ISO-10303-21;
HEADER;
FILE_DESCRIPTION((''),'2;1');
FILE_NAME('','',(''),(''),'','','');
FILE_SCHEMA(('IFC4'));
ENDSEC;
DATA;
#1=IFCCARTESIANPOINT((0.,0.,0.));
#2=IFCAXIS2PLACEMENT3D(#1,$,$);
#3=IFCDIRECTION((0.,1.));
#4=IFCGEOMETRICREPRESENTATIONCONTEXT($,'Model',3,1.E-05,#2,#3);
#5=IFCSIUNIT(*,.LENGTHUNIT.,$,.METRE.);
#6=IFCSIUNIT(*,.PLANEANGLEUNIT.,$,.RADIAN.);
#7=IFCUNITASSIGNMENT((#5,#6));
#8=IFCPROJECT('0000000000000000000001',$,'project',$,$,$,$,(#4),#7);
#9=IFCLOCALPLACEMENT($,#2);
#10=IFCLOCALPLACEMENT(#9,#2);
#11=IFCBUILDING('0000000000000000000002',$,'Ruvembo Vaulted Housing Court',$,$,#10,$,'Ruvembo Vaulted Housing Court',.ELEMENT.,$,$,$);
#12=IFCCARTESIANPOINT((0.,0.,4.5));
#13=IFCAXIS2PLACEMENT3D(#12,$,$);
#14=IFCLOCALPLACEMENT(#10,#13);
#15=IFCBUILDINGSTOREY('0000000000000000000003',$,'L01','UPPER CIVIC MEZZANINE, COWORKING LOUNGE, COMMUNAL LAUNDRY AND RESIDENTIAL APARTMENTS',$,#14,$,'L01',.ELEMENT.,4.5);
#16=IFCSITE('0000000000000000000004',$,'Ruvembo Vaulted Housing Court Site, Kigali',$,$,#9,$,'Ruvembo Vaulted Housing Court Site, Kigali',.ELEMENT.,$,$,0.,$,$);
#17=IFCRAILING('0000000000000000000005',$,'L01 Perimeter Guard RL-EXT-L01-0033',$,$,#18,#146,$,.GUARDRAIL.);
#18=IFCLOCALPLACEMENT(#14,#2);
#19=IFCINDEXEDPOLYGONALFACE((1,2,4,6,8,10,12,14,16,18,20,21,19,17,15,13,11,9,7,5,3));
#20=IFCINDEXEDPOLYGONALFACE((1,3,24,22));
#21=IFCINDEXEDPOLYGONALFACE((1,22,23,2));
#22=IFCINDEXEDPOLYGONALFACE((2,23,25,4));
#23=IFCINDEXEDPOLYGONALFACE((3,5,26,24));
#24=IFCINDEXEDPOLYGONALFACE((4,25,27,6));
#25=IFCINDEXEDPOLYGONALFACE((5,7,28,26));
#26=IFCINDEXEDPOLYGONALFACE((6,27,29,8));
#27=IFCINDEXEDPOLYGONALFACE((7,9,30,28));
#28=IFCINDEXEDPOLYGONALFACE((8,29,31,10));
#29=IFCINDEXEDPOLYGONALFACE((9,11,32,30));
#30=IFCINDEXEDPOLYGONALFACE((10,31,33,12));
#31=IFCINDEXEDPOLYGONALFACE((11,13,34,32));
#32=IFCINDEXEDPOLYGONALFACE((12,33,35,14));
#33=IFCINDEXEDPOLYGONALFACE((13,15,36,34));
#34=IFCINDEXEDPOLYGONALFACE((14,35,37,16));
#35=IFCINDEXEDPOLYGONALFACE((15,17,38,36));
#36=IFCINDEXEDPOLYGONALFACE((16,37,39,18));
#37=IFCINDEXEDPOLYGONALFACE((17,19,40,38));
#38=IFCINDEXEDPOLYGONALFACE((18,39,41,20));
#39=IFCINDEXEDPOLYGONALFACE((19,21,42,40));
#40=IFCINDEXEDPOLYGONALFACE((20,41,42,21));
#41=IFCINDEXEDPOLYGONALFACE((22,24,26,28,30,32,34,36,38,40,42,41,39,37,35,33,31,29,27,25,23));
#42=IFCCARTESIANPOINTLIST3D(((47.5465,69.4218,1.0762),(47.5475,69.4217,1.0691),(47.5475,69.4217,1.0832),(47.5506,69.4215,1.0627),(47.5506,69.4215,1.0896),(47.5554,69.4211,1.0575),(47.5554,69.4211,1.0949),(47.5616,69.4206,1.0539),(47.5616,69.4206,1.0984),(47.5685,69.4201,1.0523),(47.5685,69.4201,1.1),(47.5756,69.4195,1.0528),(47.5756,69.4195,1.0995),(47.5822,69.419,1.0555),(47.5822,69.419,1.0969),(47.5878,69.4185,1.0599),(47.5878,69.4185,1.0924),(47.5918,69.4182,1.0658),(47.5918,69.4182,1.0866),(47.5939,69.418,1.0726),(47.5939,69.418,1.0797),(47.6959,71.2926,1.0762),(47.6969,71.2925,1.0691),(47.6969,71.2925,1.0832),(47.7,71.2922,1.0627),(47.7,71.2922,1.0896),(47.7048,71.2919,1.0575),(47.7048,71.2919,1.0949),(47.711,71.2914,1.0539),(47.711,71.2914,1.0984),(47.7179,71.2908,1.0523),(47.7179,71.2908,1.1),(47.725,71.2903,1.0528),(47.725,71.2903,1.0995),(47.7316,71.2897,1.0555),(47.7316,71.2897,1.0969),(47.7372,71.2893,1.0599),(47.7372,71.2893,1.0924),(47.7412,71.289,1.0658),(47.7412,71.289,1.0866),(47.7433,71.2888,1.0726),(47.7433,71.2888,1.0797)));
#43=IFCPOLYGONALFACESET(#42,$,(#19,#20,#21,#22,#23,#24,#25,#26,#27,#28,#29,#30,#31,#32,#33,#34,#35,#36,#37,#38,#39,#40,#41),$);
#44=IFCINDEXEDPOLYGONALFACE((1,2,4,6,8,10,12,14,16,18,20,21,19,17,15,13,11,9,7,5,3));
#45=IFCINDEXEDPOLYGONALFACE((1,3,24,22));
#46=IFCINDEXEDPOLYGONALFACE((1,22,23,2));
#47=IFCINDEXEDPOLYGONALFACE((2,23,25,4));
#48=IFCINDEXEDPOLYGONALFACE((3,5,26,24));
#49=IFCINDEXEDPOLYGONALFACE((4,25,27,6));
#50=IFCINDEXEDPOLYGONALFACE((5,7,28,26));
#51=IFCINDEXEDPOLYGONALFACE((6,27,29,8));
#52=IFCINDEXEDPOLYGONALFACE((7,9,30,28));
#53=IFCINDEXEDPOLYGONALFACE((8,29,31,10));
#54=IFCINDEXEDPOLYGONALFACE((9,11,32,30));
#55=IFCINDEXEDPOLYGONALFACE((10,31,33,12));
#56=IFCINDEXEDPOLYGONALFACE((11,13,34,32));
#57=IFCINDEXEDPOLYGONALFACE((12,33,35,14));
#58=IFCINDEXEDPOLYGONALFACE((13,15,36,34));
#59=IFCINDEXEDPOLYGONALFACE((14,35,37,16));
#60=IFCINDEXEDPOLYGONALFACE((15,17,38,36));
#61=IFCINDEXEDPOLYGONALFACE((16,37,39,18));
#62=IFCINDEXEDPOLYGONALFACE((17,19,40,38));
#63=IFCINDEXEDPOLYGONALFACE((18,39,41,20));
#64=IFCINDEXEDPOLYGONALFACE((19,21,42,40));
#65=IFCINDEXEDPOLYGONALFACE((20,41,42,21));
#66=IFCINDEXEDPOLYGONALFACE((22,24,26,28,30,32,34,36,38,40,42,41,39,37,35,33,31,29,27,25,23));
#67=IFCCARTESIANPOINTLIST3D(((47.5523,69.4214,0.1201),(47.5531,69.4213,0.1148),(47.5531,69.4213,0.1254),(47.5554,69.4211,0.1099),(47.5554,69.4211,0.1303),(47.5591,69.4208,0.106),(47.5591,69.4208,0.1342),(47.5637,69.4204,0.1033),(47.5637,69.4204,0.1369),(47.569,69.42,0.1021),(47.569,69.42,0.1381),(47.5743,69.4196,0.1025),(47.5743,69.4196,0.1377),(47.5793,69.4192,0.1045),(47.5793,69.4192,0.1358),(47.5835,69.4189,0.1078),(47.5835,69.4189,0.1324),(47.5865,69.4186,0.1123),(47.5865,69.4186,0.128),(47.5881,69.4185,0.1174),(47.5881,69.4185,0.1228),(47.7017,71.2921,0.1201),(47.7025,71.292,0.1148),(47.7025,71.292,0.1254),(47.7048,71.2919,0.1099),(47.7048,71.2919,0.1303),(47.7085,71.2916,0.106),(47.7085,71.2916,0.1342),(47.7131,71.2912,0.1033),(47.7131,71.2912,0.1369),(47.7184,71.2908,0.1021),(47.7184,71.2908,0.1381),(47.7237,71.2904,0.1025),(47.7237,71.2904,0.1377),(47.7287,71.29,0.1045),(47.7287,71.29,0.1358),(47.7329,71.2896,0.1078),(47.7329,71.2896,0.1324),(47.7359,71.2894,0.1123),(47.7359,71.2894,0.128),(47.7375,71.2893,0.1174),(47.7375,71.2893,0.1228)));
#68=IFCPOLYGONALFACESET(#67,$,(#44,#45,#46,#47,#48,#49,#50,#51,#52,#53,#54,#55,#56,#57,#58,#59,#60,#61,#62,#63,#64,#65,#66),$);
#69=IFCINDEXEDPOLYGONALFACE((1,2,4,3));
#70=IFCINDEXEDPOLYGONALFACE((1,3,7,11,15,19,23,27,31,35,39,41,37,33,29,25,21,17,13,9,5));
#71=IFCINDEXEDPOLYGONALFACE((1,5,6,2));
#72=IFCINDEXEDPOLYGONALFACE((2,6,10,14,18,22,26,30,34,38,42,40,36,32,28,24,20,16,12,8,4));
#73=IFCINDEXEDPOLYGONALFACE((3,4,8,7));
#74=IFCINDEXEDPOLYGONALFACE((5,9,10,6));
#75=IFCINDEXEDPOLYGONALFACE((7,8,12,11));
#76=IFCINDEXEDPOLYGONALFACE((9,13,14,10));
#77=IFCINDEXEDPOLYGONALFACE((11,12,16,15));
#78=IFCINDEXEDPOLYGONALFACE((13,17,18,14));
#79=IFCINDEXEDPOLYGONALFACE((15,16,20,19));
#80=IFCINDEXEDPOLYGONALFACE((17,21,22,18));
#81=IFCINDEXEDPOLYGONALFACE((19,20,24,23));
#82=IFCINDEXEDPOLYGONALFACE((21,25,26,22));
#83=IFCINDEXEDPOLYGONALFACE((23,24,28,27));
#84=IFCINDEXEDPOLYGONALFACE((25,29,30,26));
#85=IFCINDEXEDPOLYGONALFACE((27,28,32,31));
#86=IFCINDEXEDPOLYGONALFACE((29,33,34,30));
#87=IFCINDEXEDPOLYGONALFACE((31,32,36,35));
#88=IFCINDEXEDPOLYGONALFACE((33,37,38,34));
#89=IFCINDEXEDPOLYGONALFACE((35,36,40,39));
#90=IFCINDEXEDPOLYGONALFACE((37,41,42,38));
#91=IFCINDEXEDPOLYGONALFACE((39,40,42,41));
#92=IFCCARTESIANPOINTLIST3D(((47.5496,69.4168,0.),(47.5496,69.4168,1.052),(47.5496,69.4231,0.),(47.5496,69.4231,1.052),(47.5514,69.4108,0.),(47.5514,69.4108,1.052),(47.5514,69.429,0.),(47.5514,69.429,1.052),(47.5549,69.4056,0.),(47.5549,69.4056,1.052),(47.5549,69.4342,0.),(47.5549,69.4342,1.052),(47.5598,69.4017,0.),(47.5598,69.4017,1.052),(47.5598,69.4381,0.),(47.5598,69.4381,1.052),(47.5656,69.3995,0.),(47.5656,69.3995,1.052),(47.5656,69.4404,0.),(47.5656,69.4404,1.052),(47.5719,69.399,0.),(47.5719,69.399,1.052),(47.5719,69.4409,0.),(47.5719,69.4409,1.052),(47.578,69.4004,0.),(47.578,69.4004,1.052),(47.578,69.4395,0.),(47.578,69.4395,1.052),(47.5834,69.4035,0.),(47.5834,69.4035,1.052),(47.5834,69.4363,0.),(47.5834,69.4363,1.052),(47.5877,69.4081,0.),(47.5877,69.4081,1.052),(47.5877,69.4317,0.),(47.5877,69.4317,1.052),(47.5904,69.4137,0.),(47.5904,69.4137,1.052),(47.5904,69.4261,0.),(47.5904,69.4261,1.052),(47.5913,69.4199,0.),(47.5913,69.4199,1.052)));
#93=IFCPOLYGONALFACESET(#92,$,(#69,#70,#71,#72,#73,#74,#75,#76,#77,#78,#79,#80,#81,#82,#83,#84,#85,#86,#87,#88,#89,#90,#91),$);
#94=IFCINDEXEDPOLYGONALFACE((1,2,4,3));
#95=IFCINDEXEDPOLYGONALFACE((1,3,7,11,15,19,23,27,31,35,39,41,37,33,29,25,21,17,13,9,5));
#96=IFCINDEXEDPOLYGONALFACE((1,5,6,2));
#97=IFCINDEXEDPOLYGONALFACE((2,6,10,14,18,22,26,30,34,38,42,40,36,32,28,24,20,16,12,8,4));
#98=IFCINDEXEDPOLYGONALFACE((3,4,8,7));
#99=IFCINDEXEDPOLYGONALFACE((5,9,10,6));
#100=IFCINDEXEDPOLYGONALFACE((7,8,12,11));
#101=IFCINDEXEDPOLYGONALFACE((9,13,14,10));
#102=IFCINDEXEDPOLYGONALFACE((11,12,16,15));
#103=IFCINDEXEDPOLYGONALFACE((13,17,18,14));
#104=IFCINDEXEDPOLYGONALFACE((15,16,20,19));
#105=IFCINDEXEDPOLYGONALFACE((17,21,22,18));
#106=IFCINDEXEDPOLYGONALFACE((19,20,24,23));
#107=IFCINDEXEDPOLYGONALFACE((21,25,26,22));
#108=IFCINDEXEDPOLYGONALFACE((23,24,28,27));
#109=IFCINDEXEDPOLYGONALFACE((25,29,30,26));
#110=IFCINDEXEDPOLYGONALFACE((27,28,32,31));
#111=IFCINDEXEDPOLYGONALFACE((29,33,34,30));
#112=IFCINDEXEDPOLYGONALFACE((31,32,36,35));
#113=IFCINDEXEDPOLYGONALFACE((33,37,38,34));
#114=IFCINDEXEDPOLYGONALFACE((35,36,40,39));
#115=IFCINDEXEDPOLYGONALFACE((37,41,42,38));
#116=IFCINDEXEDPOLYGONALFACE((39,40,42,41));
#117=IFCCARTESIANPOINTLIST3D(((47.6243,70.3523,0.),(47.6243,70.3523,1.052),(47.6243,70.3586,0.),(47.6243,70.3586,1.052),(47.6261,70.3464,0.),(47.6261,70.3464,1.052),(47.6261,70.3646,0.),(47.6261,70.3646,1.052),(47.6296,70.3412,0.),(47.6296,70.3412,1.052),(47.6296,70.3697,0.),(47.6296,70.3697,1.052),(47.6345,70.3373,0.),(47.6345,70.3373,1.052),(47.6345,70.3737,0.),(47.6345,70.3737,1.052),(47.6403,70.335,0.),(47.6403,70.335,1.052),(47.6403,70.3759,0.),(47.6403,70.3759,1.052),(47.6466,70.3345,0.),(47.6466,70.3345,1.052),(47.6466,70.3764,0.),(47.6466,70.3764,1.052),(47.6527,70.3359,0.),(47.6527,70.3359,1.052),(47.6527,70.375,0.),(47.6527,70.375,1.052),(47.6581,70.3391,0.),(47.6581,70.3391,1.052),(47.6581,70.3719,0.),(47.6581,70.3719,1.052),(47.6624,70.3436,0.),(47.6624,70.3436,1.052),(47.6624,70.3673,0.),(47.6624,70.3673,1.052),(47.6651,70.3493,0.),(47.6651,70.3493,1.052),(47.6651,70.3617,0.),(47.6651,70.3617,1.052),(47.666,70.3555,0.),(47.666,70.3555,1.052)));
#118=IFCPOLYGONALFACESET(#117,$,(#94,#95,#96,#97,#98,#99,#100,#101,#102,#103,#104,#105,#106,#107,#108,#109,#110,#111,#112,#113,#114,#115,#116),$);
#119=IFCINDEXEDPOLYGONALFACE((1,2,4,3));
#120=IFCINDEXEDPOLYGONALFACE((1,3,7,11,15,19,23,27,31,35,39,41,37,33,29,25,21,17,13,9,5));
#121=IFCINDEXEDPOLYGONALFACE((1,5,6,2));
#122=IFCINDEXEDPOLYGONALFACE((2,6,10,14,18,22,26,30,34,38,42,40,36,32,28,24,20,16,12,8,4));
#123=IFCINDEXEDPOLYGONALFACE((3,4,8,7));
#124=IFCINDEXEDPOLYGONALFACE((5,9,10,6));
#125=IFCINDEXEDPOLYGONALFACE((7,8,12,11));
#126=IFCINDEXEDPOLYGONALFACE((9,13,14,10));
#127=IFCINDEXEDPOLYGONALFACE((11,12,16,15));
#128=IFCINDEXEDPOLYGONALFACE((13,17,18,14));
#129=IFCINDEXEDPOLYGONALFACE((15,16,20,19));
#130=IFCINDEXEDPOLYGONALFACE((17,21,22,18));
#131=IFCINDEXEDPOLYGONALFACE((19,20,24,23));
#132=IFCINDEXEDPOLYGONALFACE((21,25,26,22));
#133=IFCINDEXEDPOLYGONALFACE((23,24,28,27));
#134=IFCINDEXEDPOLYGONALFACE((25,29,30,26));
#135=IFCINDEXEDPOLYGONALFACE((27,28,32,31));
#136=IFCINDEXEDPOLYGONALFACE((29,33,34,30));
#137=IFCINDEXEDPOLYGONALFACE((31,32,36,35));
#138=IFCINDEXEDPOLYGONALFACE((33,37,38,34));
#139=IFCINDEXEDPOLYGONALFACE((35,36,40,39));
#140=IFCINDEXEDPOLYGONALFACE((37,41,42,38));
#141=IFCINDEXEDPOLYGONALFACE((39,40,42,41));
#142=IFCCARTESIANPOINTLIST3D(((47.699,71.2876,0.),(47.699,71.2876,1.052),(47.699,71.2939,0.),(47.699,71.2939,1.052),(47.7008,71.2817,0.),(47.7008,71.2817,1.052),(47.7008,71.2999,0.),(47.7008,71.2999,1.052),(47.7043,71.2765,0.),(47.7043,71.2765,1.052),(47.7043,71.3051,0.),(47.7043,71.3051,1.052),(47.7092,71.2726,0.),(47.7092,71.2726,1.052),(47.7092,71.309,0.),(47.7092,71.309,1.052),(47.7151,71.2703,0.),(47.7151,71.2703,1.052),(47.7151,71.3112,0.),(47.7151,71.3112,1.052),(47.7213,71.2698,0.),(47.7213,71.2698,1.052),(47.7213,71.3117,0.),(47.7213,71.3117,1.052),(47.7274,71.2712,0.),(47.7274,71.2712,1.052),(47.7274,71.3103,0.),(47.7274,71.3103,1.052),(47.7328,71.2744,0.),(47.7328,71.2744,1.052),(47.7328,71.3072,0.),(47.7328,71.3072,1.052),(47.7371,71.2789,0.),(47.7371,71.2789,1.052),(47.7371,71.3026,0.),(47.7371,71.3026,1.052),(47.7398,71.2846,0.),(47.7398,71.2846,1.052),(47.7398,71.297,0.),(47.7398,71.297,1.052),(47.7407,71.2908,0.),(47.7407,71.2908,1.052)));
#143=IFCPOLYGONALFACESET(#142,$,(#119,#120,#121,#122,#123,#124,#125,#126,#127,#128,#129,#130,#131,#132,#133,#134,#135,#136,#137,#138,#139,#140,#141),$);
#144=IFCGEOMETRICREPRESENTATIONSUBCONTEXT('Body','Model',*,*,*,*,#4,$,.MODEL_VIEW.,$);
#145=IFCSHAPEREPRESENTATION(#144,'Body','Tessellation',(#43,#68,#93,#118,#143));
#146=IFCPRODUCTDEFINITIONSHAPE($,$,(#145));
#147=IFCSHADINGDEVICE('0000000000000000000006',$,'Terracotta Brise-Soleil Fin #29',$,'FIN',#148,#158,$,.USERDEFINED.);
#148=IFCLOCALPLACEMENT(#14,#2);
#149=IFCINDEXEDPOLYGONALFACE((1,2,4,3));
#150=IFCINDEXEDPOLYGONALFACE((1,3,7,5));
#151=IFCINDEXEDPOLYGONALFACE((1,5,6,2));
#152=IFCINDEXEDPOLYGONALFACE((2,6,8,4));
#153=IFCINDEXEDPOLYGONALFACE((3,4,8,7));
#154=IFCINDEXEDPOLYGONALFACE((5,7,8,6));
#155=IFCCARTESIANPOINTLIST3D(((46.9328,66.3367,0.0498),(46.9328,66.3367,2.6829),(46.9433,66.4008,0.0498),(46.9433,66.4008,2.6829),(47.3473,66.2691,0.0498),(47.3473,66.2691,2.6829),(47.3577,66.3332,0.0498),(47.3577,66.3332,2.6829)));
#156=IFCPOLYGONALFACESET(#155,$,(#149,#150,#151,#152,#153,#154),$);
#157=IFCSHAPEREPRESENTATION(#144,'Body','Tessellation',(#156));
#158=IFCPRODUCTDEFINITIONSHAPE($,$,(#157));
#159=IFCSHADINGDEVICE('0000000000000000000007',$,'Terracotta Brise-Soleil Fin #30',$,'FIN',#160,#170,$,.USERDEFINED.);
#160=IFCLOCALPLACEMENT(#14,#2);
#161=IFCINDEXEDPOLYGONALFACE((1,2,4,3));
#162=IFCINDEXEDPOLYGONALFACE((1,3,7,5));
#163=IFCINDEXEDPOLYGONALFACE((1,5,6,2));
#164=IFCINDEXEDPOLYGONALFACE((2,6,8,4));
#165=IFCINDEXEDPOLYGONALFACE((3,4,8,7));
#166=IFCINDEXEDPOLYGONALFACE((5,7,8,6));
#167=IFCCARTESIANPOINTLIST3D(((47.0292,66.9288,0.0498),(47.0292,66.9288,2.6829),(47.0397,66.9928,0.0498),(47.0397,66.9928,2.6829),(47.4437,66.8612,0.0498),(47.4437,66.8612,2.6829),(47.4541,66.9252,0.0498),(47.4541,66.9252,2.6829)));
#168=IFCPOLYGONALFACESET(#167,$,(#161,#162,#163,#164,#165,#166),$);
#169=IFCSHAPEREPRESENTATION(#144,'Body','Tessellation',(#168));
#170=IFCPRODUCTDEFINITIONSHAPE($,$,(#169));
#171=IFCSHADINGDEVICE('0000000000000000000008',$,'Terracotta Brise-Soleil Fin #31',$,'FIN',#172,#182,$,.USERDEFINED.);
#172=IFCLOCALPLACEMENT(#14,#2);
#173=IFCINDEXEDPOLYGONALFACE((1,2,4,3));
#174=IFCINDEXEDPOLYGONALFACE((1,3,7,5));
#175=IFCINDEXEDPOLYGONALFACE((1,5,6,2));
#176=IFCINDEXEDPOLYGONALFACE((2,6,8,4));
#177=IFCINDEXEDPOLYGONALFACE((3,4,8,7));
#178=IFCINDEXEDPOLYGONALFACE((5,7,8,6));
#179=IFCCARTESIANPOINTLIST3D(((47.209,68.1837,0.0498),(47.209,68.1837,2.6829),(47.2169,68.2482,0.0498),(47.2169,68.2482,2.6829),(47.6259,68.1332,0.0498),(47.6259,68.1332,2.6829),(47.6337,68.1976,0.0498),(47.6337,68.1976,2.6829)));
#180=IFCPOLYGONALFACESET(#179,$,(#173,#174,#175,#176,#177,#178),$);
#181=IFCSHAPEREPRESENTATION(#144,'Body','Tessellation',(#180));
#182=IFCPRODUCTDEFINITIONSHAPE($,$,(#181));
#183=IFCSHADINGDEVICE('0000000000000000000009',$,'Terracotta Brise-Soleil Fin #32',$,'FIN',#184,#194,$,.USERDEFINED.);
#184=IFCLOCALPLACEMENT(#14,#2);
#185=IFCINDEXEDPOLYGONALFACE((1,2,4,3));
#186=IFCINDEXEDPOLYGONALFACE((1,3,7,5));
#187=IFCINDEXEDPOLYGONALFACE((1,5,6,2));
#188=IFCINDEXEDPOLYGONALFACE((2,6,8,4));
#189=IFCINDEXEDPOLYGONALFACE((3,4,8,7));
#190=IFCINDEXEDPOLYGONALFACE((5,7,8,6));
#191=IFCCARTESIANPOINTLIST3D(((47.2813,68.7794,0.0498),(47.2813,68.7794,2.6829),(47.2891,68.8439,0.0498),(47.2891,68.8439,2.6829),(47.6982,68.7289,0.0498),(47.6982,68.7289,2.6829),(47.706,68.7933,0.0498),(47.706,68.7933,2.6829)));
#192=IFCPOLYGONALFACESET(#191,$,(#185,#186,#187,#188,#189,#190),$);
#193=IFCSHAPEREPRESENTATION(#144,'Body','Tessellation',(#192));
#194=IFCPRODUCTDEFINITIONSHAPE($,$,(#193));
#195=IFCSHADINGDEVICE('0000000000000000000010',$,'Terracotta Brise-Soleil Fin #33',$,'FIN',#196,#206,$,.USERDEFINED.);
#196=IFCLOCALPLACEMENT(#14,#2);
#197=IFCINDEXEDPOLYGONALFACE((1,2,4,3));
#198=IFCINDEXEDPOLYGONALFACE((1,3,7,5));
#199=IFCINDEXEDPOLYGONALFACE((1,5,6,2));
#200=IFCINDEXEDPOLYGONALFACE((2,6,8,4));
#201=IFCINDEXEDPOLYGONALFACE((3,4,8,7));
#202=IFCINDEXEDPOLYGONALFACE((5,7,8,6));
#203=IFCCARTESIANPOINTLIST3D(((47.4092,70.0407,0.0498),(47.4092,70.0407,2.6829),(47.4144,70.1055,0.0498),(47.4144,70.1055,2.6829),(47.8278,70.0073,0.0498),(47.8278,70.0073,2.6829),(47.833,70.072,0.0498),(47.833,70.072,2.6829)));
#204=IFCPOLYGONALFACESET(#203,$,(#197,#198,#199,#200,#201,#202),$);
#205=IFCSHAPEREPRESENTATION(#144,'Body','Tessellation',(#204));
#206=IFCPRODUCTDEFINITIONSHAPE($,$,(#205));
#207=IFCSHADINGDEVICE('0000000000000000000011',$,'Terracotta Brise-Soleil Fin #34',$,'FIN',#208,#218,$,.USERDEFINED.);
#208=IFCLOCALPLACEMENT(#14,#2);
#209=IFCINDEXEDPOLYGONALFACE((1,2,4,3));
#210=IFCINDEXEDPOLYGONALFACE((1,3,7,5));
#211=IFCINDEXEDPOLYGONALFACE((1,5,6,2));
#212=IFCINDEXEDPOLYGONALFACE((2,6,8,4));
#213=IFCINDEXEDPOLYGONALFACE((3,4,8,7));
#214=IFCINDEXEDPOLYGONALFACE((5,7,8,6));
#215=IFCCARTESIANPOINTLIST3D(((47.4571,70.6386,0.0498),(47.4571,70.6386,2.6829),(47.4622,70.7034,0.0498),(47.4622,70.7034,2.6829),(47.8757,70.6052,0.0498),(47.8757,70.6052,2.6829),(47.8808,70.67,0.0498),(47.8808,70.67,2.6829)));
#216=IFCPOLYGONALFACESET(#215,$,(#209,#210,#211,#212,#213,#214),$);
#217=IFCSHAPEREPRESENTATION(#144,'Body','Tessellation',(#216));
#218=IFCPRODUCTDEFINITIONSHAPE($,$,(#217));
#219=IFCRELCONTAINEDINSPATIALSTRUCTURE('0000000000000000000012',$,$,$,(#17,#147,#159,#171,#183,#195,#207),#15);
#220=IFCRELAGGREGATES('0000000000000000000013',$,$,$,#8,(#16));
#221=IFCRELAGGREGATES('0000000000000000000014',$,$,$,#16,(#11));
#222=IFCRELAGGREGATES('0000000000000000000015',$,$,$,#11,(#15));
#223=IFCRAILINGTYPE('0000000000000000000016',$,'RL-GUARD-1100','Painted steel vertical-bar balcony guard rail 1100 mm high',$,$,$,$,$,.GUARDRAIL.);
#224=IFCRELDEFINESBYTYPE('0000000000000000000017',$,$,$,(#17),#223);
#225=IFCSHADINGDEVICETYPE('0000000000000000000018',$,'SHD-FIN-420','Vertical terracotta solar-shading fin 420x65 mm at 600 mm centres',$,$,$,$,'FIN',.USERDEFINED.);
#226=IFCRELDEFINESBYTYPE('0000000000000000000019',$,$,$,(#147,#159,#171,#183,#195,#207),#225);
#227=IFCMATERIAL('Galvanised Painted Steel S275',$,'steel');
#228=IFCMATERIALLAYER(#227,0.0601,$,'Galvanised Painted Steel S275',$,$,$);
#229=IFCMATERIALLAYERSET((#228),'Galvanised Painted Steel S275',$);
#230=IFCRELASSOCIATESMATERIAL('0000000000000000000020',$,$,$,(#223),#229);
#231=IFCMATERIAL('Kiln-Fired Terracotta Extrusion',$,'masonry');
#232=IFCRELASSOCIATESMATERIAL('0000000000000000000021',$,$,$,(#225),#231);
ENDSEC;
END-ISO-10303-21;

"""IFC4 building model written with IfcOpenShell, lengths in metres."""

from ifc_helpers import new_model, si_unit, direction, frame, origin, origin_2d, place, context, subcontext, project, spatial, rectangle, circle, extrude, material, layer, layer_set, type_object, element, save


model = new_model("IFC4")

# Units and contexts
model_context = context("Model", 3, precision=1e-05, world=origin(), true_north=direction((0.0, 1.0)))
body_context = subcontext(model_context, "Body", "Model", "MODEL_VIEW")
ifc_project = project(units=[si_unit("LENGTHUNIT", "METRE"), si_unit("PLANEANGLEUNIT", "RADIAN")], contexts=[model_context])

# Site, building, storey
site_placement = place(None, origin())
site = spatial("IfcSite", under=ifc_project, at=site_placement, Name="Ruvembo Vaulted Housing Court Site, Kigali", LongName="Ruvembo Vaulted Housing Court Site, Kigali", CompositionType="ELEMENT", RefElevation=0.0)
building_placement = place(site_placement, origin())
building = spatial("IfcBuilding", under=site, at=building_placement, Name="Ruvembo Vaulted Housing Court", LongName="Ruvembo Vaulted Housing Court", CompositionType="ELEMENT")
storey_placement = place(building_placement, frame((0.0, 0.0, 4.5)))
storey = spatial("IfcBuildingStorey", under=building, at=storey_placement, Name="L01", Description="UPPER CIVIC MEZZANINE, COWORKING LOUNGE, COMMUNAL LAUNDRY AND RESIDENTIAL APARTMENTS", LongName="L01", CompositionType="ELEMENT", Elevation=4.5)

# Railing
ifc_material_1 = material(Name="Galvanised Painted Steel S275", Category="steel")
ifc_layer = layer(ifc_material_1, 0.0601, Name="Galvanised Painted Steel S275")
ifc_layer_set = layer_set([ifc_layer], Name="Galvanised Painted Steel S275")
railing_type = type_object("IfcRailingType", Name="RL-GUARD-1100", Description="Painted steel vertical-bar balcony guard rail 1100 mm high", PredefinedType="GUARDRAIL", material=ifc_layer_set)
railing_1_placement = place(storey_placement, frame((47.5703, 69.4199, 0.0)))
element("IfcRailing", 1, at=railing_1_placement, inside=storey, type_object=railing_type, Name="L01 Perimeter Guard RL-EXT-L01-0033", PredefinedType="GUARDRAIL", context=body_context, shape_type="SweptSolid", body=[
    extrude(circle(Radius=0.0239, at=origin_2d()), frame((0.0, 0.0, 1.0762), z_axis=(0.079611, 0.996826, 0.0), x_axis=(-0.996826, 0.079611, 0.0)), (0.0, 0.0, 1.0), 1.8767),
    extrude(circle(Radius=0.0181, at=origin_2d()), frame((0.0, 0.0, 0.1201), z_axis=(0.079611, 0.996826, 0.0), x_axis=(-0.996826, 0.079611, 0.0)), (0.0, 0.0, 1.0), 1.8767),
    extrude(circle(Radius=0.021, at=origin_2d()), origin(), (0.0, 0.0, 1.0), 1.052),
    extrude(circle(Radius=0.021, at=origin_2d()), frame((0.0747, 0.9355, 0.0)), (0.0, 0.0, 1.0), 1.052),
    extrude(circle(Radius=0.021, at=origin_2d()), frame((0.1494, 1.8708, 0.0)), (0.0, 0.0, 1.0), 1.052),
])

# Shading devices
ifc_material_2 = material(Name="Kiln-Fired Terracotta Extrusion", Category="masonry")
shading_device_type = type_object("IfcShadingDeviceType", Name="SHD-FIN-420", Description="Vertical terracotta solar-shading fin 420x65 mm at 600 mm centres", ElementType="FIN", PredefinedType="USERDEFINED", material=ifc_material_2)
for number, where, z_axis, x_axis, name in (
    (2, (47.1453, 66.335, 0.0498), (0.0, 0.0, 1.0), (0.986957, -0.160984, 0.0), "Terracotta Brise-Soleil Fin #29"),
    (3, (47.2417, 66.927, 0.0498), (0.0, 0.0, 1.0), (0.986957, -0.160984, 0.0), "Terracotta Brise-Soleil Fin #30"),
    (4, (47.4214, 68.1907, 0.0498), (0.0, 0.0, 1.0), (0.992734, -0.120327, 0.0), "Terracotta Brise-Soleil Fin #31"),
    (5, (47.4937, 68.7864, 0.0498), (0.0, 0.0, 1.0), (0.992734, -0.120327, 0.0), "Terracotta Brise-Soleil Fin #32"),
    (6, (47.6211, 70.0564, 0.0498), (0.0, 0.0, 1.0), (0.996826, -0.079607, 0.0), "Terracotta Brise-Soleil Fin #33"),
    (7, (47.6689, 70.6543, 0.0498), (0.0, 0.0, 1.0), (0.996826, -0.079607, 0.0), "Terracotta Brise-Soleil Fin #34"),
):
    element("IfcShadingDevice", number, at=place(storey_placement, frame(where, z_axis=z_axis, x_axis=x_axis)), inside=storey, type_object=shading_device_type, Name=name, ObjectType="FIN", PredefinedType="USERDEFINED", context=body_context, shape_type="SweptSolid", body=[
        extrude(rectangle(XDim=0.4199, YDim=0.0649, at=origin_2d()), origin(), (0.0, 0.0, 1.0), 2.6331),
    ])

save(model, "model.ifc")
